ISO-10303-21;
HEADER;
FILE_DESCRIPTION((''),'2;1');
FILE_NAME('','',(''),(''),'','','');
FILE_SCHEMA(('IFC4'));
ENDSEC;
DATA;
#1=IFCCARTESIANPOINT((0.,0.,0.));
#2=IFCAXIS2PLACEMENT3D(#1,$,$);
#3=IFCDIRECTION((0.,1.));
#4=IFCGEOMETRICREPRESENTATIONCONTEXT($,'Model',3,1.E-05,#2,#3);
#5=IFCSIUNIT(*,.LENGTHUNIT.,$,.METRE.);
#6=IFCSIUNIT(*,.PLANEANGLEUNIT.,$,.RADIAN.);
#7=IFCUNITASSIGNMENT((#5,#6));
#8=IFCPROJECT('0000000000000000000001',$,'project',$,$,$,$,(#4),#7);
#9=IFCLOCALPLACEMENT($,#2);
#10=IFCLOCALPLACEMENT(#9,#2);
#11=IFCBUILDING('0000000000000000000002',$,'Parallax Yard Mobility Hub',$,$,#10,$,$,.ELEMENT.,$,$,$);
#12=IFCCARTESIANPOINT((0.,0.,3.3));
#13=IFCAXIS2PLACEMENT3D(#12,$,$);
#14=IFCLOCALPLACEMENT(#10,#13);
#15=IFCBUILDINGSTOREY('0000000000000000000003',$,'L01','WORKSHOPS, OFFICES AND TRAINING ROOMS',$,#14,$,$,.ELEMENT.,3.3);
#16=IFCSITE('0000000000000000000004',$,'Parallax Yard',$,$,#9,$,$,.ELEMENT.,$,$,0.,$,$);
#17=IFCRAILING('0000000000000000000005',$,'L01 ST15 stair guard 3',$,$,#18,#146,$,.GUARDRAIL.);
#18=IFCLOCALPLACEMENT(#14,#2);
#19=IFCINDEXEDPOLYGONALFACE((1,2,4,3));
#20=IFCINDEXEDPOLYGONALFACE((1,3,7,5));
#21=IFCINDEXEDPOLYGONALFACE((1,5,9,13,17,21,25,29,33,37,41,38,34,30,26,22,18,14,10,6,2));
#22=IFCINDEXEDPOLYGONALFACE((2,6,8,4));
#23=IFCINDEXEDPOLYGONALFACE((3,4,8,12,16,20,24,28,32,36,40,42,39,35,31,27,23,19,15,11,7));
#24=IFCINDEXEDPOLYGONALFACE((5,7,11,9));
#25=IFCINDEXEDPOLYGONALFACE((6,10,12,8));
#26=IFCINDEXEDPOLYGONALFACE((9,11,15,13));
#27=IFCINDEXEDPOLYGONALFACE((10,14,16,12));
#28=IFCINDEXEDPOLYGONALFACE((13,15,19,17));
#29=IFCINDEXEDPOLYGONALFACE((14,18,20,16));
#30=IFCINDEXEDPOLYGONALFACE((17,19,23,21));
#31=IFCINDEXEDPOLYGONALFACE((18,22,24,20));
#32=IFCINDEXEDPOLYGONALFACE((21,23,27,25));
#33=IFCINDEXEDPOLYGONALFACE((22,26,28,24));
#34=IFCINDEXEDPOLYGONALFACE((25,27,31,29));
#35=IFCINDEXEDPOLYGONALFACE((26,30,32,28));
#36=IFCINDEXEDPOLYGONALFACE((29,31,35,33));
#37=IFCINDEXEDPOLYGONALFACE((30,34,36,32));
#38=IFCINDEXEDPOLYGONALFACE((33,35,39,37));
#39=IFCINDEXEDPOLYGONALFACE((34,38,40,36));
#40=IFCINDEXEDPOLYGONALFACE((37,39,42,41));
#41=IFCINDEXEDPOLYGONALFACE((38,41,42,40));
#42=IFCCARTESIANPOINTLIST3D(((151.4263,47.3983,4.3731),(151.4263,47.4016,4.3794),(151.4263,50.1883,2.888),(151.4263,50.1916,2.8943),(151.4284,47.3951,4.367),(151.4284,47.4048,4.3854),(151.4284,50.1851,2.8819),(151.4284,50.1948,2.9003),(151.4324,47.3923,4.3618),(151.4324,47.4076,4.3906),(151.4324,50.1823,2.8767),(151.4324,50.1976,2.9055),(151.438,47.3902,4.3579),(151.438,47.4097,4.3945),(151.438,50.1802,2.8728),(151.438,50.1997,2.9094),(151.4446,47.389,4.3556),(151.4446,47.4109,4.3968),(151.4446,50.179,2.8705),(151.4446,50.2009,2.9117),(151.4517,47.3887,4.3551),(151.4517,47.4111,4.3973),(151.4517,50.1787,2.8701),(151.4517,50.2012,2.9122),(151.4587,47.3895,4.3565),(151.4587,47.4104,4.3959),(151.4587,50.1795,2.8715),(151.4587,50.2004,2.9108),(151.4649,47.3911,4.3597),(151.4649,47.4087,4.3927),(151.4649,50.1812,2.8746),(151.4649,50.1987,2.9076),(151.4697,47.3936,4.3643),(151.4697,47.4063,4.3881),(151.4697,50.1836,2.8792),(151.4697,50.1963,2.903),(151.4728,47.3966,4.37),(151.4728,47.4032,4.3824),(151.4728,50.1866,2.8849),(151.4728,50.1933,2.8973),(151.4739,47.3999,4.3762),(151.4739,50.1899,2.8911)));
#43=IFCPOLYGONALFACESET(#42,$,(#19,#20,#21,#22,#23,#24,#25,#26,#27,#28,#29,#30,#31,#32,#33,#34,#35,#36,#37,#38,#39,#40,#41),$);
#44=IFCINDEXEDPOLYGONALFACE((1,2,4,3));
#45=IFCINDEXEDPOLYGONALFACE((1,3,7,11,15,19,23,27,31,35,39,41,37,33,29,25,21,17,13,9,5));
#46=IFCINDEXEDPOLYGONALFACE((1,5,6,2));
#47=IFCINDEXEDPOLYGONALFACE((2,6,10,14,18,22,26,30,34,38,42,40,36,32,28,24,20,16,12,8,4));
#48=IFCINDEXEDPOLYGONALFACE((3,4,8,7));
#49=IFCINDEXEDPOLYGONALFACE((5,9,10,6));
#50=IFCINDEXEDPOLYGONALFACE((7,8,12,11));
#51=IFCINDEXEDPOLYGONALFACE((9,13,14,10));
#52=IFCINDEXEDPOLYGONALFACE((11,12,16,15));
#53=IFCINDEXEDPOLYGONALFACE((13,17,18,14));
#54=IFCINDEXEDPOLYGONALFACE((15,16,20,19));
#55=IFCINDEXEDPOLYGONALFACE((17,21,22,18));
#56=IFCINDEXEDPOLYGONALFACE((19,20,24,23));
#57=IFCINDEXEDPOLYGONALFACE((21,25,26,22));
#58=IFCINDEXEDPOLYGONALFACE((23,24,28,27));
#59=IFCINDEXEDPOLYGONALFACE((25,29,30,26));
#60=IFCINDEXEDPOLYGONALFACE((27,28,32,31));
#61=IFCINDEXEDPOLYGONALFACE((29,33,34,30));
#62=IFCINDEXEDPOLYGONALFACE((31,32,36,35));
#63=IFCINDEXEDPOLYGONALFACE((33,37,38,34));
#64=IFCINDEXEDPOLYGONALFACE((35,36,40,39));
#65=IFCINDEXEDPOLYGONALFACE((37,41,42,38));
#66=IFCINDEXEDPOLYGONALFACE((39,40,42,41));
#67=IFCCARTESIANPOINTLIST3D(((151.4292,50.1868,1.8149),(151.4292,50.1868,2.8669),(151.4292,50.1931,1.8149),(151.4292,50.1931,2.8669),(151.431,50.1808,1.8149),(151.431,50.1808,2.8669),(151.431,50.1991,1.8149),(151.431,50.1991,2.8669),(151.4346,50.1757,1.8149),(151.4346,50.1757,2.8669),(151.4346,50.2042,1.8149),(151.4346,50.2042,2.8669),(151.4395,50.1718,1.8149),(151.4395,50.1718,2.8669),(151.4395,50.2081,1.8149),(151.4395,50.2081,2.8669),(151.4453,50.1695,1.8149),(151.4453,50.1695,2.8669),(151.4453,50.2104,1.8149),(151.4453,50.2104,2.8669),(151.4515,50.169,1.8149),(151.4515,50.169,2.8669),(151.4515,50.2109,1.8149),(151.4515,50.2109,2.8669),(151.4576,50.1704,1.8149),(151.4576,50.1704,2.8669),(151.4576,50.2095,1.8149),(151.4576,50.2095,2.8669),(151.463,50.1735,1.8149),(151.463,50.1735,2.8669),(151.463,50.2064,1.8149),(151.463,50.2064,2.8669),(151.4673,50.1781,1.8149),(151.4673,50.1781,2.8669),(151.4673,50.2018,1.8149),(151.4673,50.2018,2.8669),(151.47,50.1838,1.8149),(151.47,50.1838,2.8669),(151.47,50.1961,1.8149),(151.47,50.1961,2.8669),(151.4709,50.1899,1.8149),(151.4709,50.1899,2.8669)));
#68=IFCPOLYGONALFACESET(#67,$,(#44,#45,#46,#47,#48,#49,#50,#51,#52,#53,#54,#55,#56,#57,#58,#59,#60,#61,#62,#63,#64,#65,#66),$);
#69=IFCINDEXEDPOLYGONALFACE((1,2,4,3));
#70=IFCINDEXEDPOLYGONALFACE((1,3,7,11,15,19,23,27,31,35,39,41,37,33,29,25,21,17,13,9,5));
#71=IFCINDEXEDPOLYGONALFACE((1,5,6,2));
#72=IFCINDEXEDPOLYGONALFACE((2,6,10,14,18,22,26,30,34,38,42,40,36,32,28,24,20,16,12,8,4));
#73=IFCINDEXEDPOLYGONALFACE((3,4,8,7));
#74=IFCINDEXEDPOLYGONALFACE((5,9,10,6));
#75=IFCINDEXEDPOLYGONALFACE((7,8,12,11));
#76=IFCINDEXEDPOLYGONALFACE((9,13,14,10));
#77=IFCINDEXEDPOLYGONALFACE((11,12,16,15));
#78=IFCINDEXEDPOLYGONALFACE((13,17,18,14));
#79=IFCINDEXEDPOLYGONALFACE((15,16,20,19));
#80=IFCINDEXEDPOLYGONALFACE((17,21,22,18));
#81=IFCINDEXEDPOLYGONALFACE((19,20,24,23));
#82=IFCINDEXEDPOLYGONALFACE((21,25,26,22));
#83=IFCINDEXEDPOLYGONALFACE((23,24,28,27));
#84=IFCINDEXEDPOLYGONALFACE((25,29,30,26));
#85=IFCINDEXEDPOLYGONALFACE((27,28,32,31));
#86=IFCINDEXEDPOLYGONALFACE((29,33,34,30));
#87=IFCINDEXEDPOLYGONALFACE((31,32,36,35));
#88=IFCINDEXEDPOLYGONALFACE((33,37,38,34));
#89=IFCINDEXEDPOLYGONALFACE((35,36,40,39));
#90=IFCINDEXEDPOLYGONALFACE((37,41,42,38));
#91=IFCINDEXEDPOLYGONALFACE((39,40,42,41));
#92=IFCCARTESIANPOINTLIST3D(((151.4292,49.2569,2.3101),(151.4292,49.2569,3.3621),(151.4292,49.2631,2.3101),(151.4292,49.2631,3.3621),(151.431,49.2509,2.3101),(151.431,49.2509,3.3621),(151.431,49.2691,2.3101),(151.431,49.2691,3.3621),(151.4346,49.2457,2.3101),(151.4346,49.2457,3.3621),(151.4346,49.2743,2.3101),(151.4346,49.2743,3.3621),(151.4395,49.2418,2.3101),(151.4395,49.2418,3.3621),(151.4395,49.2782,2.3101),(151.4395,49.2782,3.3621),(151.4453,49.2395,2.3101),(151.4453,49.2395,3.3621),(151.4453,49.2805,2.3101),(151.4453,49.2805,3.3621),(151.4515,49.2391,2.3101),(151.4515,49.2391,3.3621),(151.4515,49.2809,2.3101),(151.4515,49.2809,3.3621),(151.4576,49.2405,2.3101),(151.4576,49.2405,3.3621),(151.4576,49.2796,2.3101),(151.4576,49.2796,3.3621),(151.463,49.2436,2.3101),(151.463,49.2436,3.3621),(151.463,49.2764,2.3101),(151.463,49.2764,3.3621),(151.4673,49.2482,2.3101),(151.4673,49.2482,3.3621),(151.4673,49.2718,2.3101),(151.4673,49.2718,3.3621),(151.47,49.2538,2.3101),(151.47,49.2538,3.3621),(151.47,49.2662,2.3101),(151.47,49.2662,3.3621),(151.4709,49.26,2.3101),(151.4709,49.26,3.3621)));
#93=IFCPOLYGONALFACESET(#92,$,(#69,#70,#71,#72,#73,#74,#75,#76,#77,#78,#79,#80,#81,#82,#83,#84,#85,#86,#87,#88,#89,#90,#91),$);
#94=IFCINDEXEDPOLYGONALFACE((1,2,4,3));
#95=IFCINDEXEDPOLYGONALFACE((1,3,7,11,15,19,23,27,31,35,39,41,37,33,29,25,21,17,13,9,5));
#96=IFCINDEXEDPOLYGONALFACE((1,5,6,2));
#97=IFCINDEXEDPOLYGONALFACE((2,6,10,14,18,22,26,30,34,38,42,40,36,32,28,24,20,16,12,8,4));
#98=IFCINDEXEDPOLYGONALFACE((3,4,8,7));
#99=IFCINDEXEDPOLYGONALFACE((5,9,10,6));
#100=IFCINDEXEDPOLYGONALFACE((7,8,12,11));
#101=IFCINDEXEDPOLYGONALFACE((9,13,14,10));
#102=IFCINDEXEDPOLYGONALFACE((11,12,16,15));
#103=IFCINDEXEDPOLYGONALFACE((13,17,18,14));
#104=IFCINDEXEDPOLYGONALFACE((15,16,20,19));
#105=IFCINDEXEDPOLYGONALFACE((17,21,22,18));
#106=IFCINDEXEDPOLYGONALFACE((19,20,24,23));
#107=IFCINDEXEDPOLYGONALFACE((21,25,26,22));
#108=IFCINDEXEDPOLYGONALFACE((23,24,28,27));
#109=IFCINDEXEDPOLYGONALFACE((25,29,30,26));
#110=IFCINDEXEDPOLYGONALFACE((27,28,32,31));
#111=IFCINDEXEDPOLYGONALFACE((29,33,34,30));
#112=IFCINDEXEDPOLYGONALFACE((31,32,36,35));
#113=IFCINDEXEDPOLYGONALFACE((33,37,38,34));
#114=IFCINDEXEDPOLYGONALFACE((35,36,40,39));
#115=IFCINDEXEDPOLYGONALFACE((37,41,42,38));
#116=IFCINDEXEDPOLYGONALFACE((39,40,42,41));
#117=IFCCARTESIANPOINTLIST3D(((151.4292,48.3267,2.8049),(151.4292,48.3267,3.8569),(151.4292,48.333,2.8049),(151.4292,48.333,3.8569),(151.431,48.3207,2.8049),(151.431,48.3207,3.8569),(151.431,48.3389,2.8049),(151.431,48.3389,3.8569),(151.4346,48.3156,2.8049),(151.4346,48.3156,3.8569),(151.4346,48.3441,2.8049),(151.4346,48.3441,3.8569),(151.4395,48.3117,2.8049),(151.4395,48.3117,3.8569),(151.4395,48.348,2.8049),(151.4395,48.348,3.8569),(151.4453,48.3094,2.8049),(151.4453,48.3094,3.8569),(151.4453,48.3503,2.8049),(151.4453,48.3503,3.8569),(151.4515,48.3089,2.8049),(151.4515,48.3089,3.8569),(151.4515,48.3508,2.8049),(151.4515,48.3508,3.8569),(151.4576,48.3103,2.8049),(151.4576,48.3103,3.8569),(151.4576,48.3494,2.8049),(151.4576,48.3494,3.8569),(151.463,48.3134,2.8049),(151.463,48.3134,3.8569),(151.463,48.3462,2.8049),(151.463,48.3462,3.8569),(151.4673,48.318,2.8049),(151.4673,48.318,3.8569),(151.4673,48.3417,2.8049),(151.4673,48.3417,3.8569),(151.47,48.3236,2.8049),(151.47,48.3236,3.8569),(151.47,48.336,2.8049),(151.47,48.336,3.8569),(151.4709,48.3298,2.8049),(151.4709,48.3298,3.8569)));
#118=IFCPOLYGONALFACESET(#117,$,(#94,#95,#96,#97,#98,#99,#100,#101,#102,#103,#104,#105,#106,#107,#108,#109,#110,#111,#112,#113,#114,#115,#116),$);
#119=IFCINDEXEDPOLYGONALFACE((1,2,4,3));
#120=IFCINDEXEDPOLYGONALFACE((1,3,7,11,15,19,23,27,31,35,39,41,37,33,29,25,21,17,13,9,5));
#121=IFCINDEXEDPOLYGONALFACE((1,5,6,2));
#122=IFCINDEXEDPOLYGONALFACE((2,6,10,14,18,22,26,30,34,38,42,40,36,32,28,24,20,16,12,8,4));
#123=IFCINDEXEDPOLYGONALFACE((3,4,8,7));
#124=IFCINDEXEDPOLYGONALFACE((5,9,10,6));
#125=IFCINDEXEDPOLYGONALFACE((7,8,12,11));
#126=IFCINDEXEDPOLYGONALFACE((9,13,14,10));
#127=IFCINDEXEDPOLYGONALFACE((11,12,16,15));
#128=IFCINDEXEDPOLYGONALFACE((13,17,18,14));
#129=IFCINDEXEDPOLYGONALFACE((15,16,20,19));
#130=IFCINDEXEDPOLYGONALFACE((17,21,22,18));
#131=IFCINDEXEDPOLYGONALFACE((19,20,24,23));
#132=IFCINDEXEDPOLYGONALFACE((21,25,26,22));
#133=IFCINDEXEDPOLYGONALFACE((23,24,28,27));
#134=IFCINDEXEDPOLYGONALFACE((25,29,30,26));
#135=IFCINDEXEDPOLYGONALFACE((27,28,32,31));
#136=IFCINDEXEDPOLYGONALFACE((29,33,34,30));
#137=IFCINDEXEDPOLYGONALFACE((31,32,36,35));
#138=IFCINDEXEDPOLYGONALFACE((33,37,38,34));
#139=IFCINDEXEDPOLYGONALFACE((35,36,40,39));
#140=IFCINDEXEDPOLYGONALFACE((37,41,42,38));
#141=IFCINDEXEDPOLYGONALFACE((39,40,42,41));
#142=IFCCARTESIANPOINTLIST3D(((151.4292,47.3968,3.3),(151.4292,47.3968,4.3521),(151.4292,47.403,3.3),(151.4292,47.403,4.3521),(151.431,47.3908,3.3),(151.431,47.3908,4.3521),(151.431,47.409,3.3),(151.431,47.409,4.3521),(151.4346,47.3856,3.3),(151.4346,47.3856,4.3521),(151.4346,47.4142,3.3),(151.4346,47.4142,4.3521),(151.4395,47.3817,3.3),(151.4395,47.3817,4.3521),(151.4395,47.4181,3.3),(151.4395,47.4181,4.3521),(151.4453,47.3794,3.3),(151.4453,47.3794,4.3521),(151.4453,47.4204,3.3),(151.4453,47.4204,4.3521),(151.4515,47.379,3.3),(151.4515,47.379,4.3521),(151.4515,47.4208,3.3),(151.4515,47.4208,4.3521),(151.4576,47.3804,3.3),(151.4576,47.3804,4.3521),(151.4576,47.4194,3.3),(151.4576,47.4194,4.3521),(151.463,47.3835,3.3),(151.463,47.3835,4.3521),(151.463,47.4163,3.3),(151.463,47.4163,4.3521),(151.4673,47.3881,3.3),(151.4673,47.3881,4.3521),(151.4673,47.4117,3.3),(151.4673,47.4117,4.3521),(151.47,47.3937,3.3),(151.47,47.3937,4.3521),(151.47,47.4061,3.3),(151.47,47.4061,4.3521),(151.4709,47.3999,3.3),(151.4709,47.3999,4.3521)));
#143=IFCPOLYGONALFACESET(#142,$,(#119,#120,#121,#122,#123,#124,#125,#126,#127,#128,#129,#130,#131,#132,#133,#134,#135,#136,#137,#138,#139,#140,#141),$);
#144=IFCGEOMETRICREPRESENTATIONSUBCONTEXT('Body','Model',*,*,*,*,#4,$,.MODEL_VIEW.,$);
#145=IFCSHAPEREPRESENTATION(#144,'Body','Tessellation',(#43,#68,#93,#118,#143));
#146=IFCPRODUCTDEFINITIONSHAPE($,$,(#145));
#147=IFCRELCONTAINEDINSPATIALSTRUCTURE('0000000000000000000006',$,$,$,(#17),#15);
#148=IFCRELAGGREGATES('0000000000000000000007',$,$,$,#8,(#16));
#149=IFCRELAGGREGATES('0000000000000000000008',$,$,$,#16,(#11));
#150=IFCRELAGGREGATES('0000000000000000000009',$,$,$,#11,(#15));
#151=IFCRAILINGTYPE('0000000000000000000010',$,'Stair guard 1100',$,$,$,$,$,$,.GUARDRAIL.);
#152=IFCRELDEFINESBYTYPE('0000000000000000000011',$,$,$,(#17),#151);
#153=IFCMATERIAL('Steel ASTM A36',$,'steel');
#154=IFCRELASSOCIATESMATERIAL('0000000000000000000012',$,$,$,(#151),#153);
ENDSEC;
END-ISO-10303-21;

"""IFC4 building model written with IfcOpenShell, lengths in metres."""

from ifc_helpers import new_model, si_unit, direction, frame, origin, origin_2d, place, context, subcontext, project, spatial, circle, extrude, material, type_object, element, save


model = new_model("IFC4")

# Units and contexts
model_context = context("Model", 3, precision=1e-05, world=origin(), true_north=direction((0.0, 1.0)))
body_context = subcontext(model_context, "Body", "Model", "MODEL_VIEW")
ifc_project = project(units=[si_unit("LENGTHUNIT", "METRE"), si_unit("PLANEANGLEUNIT", "RADIAN")], contexts=[model_context])

# Site, building, storey
site_placement = place(None, origin())
site = spatial("IfcSite", under=ifc_project, at=site_placement, Name="Parallax Yard", CompositionType="ELEMENT", RefElevation=0.0)
building_placement = place(site_placement, origin())
building = spatial("IfcBuilding", under=site, at=building_placement, Name="Parallax Yard Mobility Hub", CompositionType="ELEMENT")
storey_placement = place(building_placement, frame((0.0, 0.0, 3.3)))
storey = spatial("IfcBuildingStorey", under=building, at=storey_placement, Name="L01", Description="WORKSHOPS, OFFICES AND TRAINING ROOMS", CompositionType="ELEMENT", Elevation=3.3)

# Railing
ifc_material_1 = material(Name="Steel ASTM A36", Category="steel")
railing_type_1 = type_object("IfcRailingType", Name="Stair guard 1100", PredefinedType="GUARDRAIL", material=ifc_material_1)
railing_1_placement = place(storey_placement, frame((151.45, 50.1899, 1.8149)))
element("IfcRailing", 1, at=railing_1_placement, inside=storey, type_object=railing_type_1, Name="L01 ST15 stair guard 3", PredefinedType="GUARDRAIL", context=body_context, shape_type="SweptSolid", body=[
    extrude(circle(Radius=0.0239, at=origin_2d()), frame((0.0, 0.0, 1.0762), z_axis=(0.0, -0.882735, 0.46987), x_axis=(1.0, 0.0, 0.0)), (0.0, 0.0, 1.0), 3.1606),
    extrude(circle(Radius=0.021, at=origin_2d()), origin(), (0.0, 0.0, 1.0), 1.052),
    extrude(circle(Radius=0.021, at=origin_2d()), frame((0.0, -0.9299, 0.4951)), (0.0, 0.0, 1.0), 1.052),
    extrude(circle(Radius=0.021, at=origin_2d()), frame((0.0, -1.8601, 0.99)), (0.0, 0.0, 1.0), 1.052),
    extrude(circle(Radius=0.021, at=origin_2d()), frame((0.0, -2.79, 1.4851)), (0.0, 0.0, 1.0), 1.052),
])

save(model, "model.ifc")
